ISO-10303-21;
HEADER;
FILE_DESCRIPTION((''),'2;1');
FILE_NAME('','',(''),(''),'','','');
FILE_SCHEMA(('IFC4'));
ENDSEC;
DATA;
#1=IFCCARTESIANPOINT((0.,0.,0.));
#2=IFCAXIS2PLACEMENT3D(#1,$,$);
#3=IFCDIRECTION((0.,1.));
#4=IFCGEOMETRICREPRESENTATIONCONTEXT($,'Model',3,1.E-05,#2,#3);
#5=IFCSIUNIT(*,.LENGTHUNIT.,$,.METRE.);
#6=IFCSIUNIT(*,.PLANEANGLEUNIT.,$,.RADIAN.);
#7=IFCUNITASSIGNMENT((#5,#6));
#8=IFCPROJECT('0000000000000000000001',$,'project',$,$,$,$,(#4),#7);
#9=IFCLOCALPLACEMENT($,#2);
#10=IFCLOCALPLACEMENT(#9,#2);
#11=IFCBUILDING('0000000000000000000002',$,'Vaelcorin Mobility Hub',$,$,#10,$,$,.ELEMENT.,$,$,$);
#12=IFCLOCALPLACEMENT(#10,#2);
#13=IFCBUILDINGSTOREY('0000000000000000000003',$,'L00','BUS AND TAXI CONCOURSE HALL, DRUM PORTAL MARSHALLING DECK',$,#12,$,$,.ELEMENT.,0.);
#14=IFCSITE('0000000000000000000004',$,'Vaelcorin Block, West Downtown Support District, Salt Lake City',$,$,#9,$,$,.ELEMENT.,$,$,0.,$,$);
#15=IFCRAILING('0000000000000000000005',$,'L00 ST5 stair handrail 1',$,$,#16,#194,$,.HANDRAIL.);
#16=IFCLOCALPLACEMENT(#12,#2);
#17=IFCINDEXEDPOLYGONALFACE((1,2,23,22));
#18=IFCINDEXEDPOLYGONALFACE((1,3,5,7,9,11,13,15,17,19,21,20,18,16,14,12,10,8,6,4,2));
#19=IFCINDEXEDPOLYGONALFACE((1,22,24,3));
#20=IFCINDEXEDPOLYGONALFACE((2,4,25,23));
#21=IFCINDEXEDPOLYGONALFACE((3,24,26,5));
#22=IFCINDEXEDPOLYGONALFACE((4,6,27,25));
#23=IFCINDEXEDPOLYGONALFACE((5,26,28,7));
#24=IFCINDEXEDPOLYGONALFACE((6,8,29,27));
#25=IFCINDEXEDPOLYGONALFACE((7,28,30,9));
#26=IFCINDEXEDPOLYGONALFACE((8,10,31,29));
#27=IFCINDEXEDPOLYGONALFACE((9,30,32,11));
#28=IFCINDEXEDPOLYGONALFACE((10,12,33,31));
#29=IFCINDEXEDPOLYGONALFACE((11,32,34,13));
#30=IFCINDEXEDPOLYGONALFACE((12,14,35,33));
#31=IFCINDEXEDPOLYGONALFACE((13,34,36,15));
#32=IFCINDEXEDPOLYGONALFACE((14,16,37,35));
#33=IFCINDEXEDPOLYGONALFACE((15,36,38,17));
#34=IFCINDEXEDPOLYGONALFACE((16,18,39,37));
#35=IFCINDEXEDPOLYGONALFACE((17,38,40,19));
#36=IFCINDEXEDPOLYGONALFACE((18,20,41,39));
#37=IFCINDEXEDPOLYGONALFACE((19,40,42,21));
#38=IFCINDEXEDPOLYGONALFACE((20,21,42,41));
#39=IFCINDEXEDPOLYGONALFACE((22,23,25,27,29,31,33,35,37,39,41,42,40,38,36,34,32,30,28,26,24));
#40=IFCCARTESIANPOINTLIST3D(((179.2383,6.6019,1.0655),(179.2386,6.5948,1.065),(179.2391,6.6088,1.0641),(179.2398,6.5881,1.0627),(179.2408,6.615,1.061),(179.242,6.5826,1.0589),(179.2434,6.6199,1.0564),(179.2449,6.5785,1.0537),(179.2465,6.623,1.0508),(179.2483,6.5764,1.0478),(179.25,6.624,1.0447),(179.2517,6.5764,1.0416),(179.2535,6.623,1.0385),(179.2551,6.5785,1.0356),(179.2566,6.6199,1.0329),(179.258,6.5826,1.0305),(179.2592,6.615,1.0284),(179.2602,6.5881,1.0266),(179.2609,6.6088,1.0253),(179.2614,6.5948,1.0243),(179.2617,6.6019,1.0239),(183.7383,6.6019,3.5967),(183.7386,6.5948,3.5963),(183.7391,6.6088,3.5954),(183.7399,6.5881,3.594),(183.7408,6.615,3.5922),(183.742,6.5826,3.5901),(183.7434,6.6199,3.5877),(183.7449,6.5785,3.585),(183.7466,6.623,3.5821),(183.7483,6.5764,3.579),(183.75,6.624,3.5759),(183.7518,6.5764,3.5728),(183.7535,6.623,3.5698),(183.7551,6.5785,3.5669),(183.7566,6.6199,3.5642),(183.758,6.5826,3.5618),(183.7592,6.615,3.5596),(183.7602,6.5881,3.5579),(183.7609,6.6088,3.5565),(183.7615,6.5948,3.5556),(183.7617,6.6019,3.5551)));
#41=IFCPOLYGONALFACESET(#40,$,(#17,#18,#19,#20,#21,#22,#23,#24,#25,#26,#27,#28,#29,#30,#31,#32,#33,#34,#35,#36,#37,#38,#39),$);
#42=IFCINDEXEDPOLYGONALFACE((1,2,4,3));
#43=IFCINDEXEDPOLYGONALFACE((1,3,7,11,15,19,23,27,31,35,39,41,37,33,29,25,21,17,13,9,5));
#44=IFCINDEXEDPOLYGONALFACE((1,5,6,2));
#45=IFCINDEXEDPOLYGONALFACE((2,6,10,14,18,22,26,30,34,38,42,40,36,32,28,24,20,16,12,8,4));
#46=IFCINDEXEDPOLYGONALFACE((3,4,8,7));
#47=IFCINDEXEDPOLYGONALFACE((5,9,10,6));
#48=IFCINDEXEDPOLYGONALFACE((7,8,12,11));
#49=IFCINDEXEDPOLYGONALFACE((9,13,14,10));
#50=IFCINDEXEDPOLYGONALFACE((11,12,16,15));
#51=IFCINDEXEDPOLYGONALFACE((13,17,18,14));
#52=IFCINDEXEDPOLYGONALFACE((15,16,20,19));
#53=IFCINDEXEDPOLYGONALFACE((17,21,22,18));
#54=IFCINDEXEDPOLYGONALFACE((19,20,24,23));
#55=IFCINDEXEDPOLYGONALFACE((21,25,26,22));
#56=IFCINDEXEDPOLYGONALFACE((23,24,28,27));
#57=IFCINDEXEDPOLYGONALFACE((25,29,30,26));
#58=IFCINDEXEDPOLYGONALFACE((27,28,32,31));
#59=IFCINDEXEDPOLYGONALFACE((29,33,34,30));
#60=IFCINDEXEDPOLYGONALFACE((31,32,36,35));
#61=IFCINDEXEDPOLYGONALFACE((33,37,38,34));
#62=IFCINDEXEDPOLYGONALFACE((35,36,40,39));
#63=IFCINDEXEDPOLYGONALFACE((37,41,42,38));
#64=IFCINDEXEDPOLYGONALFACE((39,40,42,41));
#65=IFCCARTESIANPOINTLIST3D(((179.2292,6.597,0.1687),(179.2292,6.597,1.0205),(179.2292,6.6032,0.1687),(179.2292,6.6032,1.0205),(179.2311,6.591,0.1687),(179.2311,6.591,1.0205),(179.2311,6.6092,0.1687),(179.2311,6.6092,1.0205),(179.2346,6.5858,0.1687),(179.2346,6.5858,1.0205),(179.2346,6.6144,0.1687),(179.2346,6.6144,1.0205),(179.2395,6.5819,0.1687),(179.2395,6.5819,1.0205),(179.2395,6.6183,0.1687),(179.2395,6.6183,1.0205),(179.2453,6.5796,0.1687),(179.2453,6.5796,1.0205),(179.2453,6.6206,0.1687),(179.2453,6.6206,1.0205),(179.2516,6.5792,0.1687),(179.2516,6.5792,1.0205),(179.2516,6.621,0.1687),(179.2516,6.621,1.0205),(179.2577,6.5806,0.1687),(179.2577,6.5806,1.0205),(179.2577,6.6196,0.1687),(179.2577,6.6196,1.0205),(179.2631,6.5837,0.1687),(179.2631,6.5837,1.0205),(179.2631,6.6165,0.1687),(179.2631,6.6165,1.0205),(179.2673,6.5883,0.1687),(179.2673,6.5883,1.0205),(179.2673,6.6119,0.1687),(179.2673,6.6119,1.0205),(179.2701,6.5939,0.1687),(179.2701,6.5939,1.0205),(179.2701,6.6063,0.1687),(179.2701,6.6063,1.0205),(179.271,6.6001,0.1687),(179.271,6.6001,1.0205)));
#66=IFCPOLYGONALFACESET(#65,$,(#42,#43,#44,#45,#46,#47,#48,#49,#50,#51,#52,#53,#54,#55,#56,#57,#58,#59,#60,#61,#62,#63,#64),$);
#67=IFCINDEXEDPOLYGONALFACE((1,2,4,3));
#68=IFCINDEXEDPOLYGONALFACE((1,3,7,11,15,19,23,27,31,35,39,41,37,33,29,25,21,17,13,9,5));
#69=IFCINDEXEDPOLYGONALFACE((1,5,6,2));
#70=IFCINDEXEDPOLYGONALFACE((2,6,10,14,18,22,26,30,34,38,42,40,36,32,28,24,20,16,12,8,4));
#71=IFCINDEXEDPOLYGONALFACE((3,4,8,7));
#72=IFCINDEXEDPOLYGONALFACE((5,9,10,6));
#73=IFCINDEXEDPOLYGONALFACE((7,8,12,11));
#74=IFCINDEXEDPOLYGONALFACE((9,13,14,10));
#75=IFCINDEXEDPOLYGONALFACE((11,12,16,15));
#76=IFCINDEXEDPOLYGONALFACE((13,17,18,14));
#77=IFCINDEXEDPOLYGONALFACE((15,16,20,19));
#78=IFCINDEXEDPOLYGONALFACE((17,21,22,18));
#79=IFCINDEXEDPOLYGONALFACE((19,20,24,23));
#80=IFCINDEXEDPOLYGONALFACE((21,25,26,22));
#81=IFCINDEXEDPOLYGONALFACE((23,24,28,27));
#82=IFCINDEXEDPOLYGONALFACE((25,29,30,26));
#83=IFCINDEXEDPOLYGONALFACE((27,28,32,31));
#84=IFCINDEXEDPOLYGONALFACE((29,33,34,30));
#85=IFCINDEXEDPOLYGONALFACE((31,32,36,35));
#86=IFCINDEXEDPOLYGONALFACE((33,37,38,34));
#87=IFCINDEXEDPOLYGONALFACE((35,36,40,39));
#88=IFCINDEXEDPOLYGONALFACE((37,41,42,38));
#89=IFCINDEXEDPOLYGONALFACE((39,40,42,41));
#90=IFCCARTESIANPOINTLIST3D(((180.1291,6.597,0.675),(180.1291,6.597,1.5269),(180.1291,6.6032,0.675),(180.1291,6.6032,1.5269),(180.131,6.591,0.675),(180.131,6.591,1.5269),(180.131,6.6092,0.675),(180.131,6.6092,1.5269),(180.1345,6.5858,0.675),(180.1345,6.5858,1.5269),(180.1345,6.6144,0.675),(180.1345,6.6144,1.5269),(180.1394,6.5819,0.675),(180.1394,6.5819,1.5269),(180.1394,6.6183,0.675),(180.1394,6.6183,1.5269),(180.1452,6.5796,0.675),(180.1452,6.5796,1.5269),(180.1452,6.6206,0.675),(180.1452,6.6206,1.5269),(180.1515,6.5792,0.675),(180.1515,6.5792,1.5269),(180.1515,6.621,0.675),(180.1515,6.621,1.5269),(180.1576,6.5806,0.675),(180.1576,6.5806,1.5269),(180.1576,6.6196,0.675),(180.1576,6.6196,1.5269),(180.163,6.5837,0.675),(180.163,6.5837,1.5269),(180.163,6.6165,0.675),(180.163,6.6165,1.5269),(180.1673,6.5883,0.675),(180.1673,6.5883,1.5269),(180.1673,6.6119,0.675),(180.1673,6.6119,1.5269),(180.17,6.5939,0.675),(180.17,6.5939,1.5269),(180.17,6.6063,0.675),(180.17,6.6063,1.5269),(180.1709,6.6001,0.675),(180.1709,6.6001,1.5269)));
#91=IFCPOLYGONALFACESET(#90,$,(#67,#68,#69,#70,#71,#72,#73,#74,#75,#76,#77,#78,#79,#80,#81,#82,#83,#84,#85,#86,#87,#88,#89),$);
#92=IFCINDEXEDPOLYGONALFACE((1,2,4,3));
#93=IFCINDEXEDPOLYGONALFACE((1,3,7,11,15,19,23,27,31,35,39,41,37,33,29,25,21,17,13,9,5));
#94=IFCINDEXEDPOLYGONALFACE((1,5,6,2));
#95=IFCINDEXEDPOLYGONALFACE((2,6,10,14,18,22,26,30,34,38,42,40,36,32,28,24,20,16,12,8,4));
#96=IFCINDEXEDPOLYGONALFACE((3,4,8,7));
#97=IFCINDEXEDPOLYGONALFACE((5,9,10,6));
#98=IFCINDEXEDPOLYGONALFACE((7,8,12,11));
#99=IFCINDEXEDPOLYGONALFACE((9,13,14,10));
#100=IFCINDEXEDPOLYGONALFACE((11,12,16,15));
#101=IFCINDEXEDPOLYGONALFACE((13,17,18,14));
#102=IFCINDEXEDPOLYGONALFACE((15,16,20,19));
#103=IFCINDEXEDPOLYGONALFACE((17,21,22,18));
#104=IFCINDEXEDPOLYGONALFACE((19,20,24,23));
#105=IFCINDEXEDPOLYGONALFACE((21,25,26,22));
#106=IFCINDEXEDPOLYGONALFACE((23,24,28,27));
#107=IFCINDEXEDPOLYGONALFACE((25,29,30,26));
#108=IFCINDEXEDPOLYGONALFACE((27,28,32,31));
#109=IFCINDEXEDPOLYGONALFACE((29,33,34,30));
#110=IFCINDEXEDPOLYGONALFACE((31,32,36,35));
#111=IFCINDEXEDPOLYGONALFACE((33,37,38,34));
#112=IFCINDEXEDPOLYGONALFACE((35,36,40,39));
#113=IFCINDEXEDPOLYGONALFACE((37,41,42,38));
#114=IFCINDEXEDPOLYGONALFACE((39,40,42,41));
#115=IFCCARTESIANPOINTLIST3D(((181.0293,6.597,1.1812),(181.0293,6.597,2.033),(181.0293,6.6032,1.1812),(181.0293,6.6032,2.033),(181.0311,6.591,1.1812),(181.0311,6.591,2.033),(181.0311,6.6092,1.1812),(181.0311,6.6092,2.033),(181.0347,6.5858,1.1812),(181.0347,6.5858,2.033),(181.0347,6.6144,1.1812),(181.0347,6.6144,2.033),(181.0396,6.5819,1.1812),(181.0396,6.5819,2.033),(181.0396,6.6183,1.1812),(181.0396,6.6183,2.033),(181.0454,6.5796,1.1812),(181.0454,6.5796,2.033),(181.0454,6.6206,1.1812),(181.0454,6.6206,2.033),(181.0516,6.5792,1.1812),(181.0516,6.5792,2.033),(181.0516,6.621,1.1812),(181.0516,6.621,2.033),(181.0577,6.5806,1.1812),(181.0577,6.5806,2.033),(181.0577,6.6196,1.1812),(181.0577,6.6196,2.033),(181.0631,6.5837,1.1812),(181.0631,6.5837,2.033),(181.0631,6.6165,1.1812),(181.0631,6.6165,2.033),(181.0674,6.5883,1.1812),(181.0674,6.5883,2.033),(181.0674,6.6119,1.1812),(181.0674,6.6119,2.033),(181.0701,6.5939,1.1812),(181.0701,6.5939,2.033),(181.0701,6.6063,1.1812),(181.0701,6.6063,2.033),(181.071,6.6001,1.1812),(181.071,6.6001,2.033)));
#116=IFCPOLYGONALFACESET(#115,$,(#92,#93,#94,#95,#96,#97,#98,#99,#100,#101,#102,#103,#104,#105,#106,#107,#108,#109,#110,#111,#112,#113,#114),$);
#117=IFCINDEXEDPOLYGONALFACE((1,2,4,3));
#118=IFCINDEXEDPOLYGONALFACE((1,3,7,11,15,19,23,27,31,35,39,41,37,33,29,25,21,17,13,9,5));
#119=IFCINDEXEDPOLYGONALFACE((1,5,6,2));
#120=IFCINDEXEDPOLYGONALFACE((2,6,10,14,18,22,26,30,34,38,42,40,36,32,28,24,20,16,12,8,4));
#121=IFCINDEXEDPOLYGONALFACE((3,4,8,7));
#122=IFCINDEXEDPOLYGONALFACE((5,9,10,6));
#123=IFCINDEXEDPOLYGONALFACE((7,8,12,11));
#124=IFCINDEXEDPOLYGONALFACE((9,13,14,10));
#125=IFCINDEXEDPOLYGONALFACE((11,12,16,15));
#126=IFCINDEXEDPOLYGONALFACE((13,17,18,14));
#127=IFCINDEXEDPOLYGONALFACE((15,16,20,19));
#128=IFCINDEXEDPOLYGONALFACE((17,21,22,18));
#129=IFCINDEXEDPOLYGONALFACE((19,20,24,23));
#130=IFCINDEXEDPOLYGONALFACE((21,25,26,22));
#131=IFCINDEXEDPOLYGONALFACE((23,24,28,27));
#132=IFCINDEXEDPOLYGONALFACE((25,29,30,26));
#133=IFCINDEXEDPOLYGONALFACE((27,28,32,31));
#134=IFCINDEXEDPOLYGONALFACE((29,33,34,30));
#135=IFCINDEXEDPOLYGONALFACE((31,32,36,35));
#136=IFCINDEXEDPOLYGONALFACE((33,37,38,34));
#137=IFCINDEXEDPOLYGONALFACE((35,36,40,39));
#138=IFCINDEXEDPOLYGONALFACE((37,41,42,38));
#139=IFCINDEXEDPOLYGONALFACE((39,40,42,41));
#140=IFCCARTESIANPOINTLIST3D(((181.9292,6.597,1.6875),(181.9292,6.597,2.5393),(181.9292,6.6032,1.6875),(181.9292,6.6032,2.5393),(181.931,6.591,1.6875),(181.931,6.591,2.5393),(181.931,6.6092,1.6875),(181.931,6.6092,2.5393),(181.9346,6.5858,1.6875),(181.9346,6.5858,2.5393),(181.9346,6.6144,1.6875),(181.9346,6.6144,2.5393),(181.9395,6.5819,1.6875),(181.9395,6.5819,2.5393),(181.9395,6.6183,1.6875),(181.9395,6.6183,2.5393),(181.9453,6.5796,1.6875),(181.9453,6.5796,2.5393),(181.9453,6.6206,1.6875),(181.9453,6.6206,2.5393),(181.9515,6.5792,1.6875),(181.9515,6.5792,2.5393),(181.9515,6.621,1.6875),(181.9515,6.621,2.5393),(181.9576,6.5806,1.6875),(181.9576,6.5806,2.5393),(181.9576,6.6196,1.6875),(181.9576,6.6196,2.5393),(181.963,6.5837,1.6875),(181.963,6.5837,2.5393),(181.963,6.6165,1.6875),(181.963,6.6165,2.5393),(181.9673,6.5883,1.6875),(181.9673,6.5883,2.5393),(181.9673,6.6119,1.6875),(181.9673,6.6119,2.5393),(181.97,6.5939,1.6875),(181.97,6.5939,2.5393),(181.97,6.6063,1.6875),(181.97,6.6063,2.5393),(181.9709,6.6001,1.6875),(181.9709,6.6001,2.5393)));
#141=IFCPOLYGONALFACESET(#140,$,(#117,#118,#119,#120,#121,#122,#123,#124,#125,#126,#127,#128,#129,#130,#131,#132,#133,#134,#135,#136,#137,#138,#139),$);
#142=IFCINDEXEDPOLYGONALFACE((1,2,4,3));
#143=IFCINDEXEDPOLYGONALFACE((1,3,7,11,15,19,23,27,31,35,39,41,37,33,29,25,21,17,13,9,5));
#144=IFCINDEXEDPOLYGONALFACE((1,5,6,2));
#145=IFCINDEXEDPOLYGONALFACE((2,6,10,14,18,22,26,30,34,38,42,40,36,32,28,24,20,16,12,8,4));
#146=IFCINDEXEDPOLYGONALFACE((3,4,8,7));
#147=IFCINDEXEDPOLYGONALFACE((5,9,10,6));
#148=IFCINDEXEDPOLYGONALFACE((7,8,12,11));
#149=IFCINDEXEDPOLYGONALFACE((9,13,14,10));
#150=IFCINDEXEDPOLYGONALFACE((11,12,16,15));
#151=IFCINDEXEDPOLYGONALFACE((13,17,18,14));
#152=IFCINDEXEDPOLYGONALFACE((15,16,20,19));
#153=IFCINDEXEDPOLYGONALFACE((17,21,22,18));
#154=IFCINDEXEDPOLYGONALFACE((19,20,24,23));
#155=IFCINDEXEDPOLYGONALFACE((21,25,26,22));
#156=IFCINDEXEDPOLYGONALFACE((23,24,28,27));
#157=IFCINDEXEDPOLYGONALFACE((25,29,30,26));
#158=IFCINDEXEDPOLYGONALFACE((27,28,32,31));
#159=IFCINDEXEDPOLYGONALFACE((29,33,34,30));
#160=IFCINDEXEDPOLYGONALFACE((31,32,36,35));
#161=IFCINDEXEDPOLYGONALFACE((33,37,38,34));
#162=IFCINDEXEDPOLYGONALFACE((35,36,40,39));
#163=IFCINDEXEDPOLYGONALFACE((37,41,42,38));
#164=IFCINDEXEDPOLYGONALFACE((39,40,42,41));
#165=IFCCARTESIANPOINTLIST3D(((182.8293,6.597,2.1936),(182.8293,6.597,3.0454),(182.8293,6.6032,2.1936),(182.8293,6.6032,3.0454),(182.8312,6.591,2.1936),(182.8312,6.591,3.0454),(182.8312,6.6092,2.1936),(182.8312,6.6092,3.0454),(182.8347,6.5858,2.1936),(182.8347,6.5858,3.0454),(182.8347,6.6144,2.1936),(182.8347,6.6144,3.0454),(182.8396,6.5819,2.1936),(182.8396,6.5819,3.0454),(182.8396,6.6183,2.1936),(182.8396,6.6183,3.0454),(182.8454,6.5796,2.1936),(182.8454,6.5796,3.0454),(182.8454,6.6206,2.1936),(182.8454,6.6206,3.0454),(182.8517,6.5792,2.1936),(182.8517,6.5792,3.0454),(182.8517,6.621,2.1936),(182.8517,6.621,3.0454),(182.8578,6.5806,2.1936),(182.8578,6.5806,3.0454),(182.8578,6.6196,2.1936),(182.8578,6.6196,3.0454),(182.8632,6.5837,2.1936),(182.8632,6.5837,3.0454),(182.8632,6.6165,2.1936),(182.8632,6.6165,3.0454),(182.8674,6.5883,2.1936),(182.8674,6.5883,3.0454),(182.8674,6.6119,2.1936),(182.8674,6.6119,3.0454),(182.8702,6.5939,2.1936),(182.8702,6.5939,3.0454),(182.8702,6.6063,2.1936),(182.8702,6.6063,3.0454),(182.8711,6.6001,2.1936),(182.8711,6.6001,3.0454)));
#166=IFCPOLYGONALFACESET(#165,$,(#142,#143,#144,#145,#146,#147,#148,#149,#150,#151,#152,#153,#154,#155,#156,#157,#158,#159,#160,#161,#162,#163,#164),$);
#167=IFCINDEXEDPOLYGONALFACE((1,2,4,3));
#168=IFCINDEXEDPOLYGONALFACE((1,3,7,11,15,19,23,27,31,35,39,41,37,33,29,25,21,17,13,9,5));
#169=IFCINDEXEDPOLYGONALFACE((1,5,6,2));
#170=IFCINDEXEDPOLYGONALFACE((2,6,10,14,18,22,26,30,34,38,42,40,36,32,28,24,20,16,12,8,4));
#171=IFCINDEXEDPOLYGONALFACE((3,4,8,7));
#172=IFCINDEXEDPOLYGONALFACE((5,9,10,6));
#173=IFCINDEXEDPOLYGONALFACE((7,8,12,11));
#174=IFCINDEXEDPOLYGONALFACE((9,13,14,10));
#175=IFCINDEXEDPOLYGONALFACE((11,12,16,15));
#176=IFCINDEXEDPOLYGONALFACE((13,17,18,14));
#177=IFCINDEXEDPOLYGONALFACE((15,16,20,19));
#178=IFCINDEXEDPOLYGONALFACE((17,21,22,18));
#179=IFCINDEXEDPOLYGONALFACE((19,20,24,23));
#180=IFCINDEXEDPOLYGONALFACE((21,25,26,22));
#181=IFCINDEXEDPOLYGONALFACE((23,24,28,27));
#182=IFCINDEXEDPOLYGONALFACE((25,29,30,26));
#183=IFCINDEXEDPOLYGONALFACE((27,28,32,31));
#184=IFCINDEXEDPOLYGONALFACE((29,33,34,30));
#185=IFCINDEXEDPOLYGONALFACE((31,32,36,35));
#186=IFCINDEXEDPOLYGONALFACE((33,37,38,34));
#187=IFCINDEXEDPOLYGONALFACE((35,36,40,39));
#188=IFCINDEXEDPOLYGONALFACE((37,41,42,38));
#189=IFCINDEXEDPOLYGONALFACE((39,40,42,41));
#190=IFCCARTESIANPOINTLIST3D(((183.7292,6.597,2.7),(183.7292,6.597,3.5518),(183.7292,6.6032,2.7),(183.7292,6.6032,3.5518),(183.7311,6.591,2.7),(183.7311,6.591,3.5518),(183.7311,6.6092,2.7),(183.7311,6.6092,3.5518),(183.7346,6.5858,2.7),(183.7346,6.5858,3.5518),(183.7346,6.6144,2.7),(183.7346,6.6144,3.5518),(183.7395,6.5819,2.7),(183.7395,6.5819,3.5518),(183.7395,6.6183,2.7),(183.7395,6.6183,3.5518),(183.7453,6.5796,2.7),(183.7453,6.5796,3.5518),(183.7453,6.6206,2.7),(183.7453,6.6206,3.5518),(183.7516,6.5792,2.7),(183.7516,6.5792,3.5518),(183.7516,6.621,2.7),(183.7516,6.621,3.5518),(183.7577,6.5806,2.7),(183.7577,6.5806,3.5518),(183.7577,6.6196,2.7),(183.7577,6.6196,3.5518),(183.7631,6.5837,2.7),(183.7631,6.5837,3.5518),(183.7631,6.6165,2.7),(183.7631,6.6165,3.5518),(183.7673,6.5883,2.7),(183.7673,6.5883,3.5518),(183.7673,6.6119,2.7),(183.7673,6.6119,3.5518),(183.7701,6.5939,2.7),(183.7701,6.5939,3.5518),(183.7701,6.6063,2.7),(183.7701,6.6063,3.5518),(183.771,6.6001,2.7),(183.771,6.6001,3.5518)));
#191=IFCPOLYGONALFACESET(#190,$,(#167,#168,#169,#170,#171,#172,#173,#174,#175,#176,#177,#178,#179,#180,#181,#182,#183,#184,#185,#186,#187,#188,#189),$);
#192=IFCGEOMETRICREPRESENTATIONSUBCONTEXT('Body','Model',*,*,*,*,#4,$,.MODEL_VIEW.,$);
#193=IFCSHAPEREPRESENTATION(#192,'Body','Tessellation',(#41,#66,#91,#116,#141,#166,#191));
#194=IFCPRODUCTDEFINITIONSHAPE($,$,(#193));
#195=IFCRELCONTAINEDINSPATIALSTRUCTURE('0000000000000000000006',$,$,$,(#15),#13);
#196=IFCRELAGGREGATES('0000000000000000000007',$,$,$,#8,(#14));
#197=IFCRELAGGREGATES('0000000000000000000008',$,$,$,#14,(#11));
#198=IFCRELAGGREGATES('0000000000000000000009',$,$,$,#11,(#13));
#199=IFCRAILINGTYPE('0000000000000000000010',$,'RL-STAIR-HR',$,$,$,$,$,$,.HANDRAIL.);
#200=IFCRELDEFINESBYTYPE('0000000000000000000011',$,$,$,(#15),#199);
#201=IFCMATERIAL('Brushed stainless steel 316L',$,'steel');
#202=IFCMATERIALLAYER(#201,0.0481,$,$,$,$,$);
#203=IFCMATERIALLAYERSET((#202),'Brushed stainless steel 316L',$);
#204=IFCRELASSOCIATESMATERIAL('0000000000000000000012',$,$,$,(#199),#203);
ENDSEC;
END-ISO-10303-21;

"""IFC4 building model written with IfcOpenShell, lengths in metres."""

from ifc_helpers import new_model, si_unit, direction, frame, origin, origin_2d, place, context, subcontext, project, spatial, circle, extrude, material, layer, layer_set, type_object, element, save


model = new_model("IFC4")

# Units and contexts
model_context = context("Model", 3, precision=1e-05, world=origin(), true_north=direction((0.0, 1.0)))
body_context = subcontext(model_context, "Body", "Model", "MODEL_VIEW")
ifc_project = project(units=[si_unit("LENGTHUNIT", "METRE"), si_unit("PLANEANGLEUNIT", "RADIAN")], contexts=[model_context])

# Site, building, storey
site_placement = place(None, origin())
site = spatial("IfcSite", under=ifc_project, at=site_placement, Name="Vaelcorin Block, West Downtown Support District, Salt Lake City", CompositionType="ELEMENT", RefElevation=0.0)
building_placement = place(site_placement, origin())
building = spatial("IfcBuilding", under=site, at=building_placement, Name="Vaelcorin Mobility Hub", CompositionType="ELEMENT")
storey_placement = place(building_placement, origin())
storey = spatial("IfcBuildingStorey", under=building, at=storey_placement, Name="L00", Description="BUS AND TAXI CONCOURSE HALL, DRUM PORTAL MARSHALLING DECK", CompositionType="ELEMENT", Elevation=0.0)

# Railing
ifc_material_1 = material(Name="Brushed stainless steel 316L", Category="steel")
ifc_layer_1 = layer(ifc_material_1, 0.0481)
ifc_layer_set_1 = layer_set([ifc_layer_1], Name="Brushed stainless steel 316L")
railing_type_1 = type_object("IfcRailingType", Name="RL-STAIR-HR", PredefinedType="HANDRAIL", material=ifc_layer_set_1)
railing_1_placement = place(storey_placement, frame((179.25, 6.6001, 0.1687)))
element("IfcRailing", 1, at=railing_1_placement, inside=storey, type_object=railing_type_1, Name="L00 ST5 stair handrail 1", PredefinedType="HANDRAIL", context=body_context, shape_type="SweptSolid", body=[
    extrude(circle(Radius=0.0239, at=origin_2d()), frame((0.0, 0.0, 0.876), z_axis=(0.871576, 0.0, 0.490261), x_axis=(0.0, 1.0, 0.0)), (0.0, 0.0, 1.0), 5.1631),
    extrude(circle(Radius=0.021, at=origin_2d()), origin(), (0.0, 0.0, 1.0), 0.8518),
    extrude(circle(Radius=0.021, at=origin_2d()), frame((0.8999, 0.0, 0.5063)), (0.0, 0.0, 1.0), 0.8518),
    extrude(circle(Radius=0.021, at=origin_2d()), frame((1.8, 0.0, 1.0125)), (0.0, 0.0, 1.0), 0.8518),
    extrude(circle(Radius=0.021, at=origin_2d()), frame((2.7, 0.0, 1.5188)), (0.0, 0.0, 1.0), 0.8518),
    extrude(circle(Radius=0.021, at=origin_2d()), frame((3.6001, 0.0, 2.0249)), (0.0, 0.0, 1.0), 0.8518),
    extrude(circle(Radius=0.021, at=origin_2d()), frame((4.5, 0.0, 2.5312)), (0.0, 0.0, 1.0), 0.8518),
])

save(model, "model.ifc")
